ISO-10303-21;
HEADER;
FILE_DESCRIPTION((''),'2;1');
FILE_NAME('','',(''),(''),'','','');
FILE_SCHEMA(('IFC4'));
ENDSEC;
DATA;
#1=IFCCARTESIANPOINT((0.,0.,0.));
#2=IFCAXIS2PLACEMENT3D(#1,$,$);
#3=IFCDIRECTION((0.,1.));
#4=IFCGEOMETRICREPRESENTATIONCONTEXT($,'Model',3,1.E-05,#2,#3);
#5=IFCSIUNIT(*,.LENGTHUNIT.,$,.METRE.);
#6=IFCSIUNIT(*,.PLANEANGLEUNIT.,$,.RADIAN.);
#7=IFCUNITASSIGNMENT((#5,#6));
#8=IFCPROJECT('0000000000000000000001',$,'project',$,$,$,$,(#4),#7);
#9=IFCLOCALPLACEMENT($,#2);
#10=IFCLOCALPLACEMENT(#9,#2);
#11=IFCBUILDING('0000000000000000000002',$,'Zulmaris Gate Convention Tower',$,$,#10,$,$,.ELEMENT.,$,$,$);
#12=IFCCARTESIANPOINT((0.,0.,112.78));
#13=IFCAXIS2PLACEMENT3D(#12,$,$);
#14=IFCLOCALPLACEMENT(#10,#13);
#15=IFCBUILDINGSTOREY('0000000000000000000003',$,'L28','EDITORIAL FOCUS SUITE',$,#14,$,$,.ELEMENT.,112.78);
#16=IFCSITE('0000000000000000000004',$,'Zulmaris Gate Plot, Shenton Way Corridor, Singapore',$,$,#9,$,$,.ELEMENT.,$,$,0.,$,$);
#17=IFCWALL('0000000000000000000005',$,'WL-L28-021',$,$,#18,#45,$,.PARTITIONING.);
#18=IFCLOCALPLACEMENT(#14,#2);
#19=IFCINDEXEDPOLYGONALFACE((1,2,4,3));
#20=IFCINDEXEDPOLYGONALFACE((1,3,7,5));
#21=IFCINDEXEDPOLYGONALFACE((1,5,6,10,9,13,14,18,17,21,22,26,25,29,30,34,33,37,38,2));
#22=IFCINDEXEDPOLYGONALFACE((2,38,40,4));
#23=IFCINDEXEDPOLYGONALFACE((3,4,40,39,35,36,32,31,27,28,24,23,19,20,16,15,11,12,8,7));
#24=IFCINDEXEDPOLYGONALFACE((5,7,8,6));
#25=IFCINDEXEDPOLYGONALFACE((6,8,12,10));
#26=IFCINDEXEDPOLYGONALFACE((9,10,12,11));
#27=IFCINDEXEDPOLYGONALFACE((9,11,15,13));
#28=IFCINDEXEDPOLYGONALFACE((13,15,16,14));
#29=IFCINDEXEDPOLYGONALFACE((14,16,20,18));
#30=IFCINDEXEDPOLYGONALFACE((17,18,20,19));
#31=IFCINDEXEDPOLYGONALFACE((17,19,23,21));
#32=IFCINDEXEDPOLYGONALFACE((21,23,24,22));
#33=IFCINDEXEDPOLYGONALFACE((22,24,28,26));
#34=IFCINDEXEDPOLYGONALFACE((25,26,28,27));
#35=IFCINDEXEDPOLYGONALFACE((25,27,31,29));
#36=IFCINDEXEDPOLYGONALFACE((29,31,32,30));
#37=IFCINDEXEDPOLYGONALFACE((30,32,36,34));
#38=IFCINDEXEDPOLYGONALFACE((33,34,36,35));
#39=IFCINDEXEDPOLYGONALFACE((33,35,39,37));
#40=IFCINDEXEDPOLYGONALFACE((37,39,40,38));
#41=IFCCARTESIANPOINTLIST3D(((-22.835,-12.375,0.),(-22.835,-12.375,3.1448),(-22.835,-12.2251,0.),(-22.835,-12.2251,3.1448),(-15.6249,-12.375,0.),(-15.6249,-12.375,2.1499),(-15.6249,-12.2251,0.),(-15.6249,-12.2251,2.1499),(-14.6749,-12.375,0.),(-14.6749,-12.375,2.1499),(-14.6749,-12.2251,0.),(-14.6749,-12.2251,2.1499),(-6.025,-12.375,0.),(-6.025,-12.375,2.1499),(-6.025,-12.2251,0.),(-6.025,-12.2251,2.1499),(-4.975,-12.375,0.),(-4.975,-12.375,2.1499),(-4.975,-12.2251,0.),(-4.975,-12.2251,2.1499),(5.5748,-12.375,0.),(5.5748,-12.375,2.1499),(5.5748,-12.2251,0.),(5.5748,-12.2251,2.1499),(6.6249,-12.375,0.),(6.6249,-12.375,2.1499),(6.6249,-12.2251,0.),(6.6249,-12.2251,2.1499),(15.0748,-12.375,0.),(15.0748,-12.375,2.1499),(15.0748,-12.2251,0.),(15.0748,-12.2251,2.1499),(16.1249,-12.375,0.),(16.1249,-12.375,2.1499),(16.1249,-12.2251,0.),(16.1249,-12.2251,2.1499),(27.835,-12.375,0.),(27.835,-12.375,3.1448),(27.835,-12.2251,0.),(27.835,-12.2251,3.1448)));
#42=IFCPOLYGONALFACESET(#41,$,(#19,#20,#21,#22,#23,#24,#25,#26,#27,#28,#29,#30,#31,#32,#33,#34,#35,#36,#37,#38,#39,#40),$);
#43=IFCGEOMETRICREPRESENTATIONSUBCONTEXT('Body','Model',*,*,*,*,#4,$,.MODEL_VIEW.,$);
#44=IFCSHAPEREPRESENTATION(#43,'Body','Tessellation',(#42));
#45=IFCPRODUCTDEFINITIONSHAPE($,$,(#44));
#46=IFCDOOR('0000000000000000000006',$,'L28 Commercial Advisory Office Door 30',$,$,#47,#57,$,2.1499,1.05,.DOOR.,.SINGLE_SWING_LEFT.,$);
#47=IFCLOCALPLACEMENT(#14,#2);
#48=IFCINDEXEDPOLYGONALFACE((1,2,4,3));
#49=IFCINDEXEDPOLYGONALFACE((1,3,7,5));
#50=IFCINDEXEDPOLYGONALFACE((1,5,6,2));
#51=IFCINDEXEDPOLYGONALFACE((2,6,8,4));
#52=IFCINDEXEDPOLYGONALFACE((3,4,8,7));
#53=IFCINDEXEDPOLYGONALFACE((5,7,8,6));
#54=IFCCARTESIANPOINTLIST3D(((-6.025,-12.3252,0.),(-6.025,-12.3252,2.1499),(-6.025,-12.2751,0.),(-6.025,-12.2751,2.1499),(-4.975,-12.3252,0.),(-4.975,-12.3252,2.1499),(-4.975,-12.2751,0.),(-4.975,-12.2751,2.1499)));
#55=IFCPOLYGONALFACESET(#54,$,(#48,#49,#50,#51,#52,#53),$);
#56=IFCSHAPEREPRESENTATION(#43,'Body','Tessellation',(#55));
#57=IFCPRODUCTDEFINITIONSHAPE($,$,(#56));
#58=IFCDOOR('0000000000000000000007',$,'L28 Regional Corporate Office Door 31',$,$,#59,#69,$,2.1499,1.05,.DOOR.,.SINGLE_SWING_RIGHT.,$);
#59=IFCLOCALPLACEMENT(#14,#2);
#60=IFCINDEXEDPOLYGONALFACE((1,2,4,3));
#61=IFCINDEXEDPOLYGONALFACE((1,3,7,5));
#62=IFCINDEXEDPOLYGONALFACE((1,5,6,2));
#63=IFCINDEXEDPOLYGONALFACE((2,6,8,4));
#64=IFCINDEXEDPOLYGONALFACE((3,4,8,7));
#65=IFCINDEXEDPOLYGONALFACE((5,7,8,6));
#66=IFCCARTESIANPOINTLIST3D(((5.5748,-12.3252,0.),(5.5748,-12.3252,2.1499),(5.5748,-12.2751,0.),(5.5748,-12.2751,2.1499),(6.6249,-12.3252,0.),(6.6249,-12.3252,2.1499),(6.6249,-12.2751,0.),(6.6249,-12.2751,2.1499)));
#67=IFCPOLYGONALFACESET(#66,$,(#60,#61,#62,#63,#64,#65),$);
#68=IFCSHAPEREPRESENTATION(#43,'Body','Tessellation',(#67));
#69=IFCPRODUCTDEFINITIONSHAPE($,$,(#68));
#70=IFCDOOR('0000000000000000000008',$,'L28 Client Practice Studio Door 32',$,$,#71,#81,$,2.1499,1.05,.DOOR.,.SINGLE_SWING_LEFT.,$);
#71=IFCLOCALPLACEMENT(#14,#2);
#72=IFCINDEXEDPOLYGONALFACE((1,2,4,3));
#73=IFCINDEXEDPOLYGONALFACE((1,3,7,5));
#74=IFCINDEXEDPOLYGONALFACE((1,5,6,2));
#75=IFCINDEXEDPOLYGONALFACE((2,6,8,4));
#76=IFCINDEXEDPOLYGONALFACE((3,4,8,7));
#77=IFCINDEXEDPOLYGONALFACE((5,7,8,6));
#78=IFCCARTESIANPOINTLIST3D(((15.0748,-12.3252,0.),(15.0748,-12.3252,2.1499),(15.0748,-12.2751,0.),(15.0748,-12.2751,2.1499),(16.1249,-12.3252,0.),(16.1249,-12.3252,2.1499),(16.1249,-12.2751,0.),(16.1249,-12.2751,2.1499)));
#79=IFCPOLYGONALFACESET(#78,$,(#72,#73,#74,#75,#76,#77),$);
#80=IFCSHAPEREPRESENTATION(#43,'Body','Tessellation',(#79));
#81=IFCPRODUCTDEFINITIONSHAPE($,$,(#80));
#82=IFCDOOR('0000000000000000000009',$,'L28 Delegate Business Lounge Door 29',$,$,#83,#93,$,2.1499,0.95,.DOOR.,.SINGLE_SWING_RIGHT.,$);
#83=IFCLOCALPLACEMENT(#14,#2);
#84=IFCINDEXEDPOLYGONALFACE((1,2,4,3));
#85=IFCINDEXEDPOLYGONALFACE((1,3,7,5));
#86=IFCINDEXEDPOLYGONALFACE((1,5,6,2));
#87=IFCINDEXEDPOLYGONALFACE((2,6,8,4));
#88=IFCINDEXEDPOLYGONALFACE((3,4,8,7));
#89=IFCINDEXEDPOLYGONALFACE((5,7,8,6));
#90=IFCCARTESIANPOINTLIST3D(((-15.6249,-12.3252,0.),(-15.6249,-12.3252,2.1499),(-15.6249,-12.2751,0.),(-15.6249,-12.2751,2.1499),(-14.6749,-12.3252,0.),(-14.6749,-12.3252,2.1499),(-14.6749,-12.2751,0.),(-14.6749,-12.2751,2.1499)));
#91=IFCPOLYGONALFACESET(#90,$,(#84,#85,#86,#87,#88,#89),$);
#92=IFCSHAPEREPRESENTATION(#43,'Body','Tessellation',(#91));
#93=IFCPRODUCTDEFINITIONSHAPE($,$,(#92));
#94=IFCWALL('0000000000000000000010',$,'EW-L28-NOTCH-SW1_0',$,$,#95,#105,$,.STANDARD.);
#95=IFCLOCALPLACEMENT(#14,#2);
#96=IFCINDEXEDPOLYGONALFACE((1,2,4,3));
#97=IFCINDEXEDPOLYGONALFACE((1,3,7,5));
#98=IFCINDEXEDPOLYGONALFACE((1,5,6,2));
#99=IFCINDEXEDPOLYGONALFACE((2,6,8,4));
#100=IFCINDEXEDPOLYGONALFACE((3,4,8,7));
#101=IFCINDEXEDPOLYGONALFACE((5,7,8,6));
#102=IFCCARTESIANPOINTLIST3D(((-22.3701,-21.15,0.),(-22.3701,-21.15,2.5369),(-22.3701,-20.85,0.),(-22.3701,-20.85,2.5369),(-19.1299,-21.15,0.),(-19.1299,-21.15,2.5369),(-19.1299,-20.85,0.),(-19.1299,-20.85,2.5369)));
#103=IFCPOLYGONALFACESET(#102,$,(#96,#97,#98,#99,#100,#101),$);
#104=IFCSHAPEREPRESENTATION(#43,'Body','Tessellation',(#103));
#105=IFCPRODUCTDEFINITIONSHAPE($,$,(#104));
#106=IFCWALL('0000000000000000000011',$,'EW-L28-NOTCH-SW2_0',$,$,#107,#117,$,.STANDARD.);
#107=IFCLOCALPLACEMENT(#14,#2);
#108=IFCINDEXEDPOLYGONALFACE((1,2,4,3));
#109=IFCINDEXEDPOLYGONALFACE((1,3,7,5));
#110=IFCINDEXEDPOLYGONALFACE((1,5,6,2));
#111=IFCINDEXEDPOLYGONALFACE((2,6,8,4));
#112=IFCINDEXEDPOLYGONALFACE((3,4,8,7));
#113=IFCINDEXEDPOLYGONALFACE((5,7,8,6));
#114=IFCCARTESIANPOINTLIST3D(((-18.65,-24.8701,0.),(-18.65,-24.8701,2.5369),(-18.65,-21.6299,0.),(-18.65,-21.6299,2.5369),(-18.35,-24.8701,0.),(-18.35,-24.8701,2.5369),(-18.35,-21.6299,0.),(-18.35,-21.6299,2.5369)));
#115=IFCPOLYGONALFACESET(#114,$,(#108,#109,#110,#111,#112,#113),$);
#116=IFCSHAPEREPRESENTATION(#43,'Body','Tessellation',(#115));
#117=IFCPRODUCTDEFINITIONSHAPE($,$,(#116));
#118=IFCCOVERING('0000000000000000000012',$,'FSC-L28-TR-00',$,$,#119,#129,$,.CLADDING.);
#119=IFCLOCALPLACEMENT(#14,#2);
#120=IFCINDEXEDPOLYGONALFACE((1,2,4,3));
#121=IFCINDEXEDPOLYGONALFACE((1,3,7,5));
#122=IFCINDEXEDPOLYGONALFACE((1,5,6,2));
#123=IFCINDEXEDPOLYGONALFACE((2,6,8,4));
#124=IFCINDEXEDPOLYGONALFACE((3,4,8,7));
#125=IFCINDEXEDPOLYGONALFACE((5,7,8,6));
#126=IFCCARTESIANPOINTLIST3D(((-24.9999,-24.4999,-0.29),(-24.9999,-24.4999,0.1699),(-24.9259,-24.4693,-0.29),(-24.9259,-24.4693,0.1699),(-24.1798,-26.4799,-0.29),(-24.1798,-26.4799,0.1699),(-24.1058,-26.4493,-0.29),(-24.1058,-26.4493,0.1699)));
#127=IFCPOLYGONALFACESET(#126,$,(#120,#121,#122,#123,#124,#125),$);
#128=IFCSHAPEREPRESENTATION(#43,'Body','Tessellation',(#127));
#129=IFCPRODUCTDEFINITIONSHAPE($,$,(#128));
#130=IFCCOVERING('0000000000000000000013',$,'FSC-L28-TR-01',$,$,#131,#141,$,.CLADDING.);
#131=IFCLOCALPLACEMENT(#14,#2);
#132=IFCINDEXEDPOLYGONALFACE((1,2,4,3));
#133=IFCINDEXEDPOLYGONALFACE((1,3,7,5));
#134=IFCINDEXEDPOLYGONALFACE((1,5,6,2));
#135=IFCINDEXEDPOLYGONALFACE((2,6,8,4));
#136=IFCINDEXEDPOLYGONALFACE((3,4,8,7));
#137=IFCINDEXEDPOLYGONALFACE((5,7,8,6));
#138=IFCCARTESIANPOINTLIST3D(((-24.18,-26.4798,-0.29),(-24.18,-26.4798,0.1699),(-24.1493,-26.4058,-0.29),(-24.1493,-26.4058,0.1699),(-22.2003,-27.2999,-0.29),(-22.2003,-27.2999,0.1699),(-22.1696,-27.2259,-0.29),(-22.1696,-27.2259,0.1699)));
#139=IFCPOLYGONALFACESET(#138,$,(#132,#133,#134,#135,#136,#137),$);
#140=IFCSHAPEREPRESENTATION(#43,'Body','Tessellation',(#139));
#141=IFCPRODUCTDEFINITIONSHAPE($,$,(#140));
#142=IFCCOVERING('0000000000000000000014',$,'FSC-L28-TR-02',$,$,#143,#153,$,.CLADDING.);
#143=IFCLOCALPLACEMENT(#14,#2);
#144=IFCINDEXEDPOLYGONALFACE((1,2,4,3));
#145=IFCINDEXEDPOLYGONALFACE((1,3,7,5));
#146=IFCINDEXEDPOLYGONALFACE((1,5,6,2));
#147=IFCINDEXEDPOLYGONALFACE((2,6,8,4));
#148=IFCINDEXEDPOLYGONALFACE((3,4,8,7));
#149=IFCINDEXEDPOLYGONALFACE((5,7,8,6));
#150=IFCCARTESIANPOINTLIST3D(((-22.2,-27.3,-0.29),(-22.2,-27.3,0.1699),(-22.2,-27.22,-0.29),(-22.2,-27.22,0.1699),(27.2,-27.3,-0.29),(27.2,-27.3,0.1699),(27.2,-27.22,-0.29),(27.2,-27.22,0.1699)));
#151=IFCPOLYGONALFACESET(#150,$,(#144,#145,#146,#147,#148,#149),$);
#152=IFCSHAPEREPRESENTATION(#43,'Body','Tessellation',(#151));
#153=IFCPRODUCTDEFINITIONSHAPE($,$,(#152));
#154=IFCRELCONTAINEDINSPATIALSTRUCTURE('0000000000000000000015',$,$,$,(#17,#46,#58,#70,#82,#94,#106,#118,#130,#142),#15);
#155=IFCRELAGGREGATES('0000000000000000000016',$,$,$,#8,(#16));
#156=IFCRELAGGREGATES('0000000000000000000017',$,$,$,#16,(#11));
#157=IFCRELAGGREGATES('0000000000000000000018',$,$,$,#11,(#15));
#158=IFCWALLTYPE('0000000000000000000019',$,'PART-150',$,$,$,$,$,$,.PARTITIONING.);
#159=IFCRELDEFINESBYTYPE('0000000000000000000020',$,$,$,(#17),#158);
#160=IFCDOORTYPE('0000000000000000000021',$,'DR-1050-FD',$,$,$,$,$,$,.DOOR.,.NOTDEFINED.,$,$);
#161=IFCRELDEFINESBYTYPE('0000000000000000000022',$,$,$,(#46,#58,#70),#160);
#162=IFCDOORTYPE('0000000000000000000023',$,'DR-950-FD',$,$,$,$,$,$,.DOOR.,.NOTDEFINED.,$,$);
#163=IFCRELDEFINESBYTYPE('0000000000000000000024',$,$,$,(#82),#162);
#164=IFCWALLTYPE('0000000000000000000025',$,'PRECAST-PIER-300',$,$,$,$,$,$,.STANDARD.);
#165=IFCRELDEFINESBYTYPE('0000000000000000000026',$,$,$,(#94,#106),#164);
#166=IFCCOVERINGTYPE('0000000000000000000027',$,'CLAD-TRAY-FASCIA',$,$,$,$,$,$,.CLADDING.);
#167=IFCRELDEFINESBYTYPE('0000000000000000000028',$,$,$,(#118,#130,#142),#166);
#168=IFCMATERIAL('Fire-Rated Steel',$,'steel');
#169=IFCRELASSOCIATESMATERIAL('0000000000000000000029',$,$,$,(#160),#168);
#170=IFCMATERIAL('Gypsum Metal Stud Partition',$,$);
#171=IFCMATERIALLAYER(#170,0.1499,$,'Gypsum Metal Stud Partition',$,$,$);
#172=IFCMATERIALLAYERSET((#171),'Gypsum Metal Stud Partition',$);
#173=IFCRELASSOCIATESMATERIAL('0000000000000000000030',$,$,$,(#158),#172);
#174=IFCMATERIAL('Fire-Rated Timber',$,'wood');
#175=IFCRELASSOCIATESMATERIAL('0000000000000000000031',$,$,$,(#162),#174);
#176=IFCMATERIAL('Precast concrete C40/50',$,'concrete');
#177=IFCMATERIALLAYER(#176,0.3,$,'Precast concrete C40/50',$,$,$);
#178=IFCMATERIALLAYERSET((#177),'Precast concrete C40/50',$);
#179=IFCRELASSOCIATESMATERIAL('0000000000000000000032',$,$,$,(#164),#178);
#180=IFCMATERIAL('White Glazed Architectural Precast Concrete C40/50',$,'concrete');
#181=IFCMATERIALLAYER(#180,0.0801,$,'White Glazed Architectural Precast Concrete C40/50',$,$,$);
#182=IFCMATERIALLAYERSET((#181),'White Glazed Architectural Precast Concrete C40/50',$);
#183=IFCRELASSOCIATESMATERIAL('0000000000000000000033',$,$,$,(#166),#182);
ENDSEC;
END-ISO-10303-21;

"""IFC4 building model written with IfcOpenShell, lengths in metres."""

from ifc_helpers import new_model, si_unit, direction, frame, frame_2d, origin, place, context, subcontext, project, spatial, rectangle, extrude, material, layer, layer_set, type_object, element, fill, save


model = new_model("IFC4")

# Units and contexts
model_context = context("Model", 3, precision=1e-05, world=origin(), true_north=direction((0.0, 1.0)))
body_context = subcontext(model_context, "Body", "Model", "MODEL_VIEW")
ifc_project = project(units=[si_unit("LENGTHUNIT", "METRE"), si_unit("PLANEANGLEUNIT", "RADIAN")], contexts=[model_context])

# Site, building, storey
site_placement = place(None, origin())
site = spatial("IfcSite", under=ifc_project, at=site_placement, Name="Zulmaris Gate Plot, Shenton Way Corridor, Singapore", CompositionType="ELEMENT", RefElevation=0.0)
building_placement = place(site_placement, origin())
building = spatial("IfcBuilding", under=site, at=building_placement, Name="Zulmaris Gate Convention Tower", CompositionType="ELEMENT")
storey_placement = place(building_placement, frame((0.0, 0.0, 112.78)))
storey = spatial("IfcBuildingStorey", under=building, at=storey_placement, Name="L28", Description="EDITORIAL FOCUS SUITE", CompositionType="ELEMENT", Elevation=112.78)

# Shared definitions
ifc_material_1 = material(Name="Fire-Rated Steel", Category="steel")
door_type_1 = type_object("IfcDoorType", Name="DR-1050-FD", OperationType="NOTDEFINED", PredefinedType="DOOR", material=ifc_material_1)

# Wall, openings, doors
ifc_material_2 = material(Name="Gypsum Metal Stud Partition")
ifc_layer_1 = layer(ifc_material_2, 0.1499, Name="Gypsum Metal Stud Partition")
ifc_layer_set_1 = layer_set([ifc_layer_1], Name="Gypsum Metal Stud Partition")
wall_type_1 = type_object("IfcWallType", Name="PART-150", PredefinedType="PARTITIONING", material=ifc_layer_set_1)
wall_1_placement = place(storey_placement, frame((-22.835, -12.3, 0.0), z_axis=(0.0, 0.0, 1.0), x_axis=(1.0, 0.0, 0.0)))
wall_1 = element("IfcWall", 1, at=wall_1_placement, inside=storey, type_object=wall_type_1, Name="WL-L28-021", PredefinedType="PARTITIONING", context=body_context, shape_type="SweptSolid", body=[
    extrude(rectangle(XDim=50.6699, YDim=0.1499, at=frame_2d((25.335, 0.0))), origin(), (0.0, 0.0, 1.0), 3.1448),
])
opening_1_placement = place(wall_1_placement, frame((7.21, 0.0, 0.0)))
opening_1 = element("IfcOpeningElement", 2, at=opening_1_placement, cuts=wall_1, PredefinedType="OPENING", context=body_context, shape_type="SweptSolid", body=[
    extrude(rectangle(XDim=0.95, YDim=2.1499, at=frame_2d((0.4751, 1.075))), frame((0.0, 0.085, 0.0), z_axis=(0.0, -1.0, 0.0), x_axis=(1.0, 0.0, 0.0)), (0.0, 0.0, 1.0), 0.1699),
])
opening_2_placement = place(wall_1_placement, frame((16.8101, 0.0, 0.0)))
opening_2 = element("IfcOpeningElement", 3, at=opening_2_placement, cuts=wall_1, PredefinedType="OPENING", context=body_context, shape_type="SweptSolid", body=[
    extrude(rectangle(XDim=1.05, YDim=2.1499, at=frame_2d((0.5249, 1.075))), frame((0.0, 0.085, 0.0), z_axis=(0.0, -1.0, 0.0), x_axis=(1.0, 0.0, 0.0)), (0.0, 0.0, 1.0), 0.1699),
])
opening_3_placement = place(wall_1_placement, frame((28.4099, 0.0, 0.0)))
opening_3 = element("IfcOpeningElement", 4, at=opening_3_placement, cuts=wall_1, PredefinedType="OPENING", context=body_context, shape_type="SweptSolid", body=[
    extrude(rectangle(XDim=1.05, YDim=2.1499, at=frame_2d((0.5249, 1.075))), frame((0.0, 0.085, 0.0), z_axis=(0.0, -1.0, 0.0), x_axis=(1.0, 0.0, 0.0)), (0.0, 0.0, 1.0), 0.1699),
])
opening_4_placement = place(wall_1_placement, frame((37.9099, 0.0, 0.0)))
opening_4 = element("IfcOpeningElement", 5, at=opening_4_placement, cuts=wall_1, PredefinedType="OPENING", context=body_context, shape_type="SweptSolid", body=[
    extrude(rectangle(XDim=1.05, YDim=2.1499, at=frame_2d((0.5249, 1.075))), frame((0.0, 0.085, 0.0), z_axis=(0.0, -1.0, 0.0), x_axis=(1.0, 0.0, 0.0)), (0.0, 0.0, 1.0), 0.1699),
])
door_1_placement = place(opening_2_placement, origin())
door_1 = element("IfcDoor", 6, at=door_1_placement, inside=storey, type_object=door_type_1, Name="L28 Commercial Advisory Office Door 30", OperationType="SINGLE_SWING_LEFT", OverallHeight=2.1499, OverallWidth=1.05, PredefinedType="DOOR", context=body_context, shape_type="SweptSolid", body=[
    extrude(rectangle(XDim=1.05, YDim=2.1499, at=frame_2d((0.5249, 1.075))), frame((0.0, 0.0249, 0.0), z_axis=(0.0, -1.0, 0.0), x_axis=(1.0, 0.0, 0.0)), (0.0, 0.0, 1.0), 0.05),
])
fill(opening_2, door_1)
door_2_placement = place(opening_3_placement, origin())
door_2 = element("IfcDoor", 7, at=door_2_placement, inside=storey, type_object=door_type_1, Name="L28 Regional Corporate Office Door 31", OperationType="SINGLE_SWING_RIGHT", OverallHeight=2.1499, OverallWidth=1.05, PredefinedType="DOOR", context=body_context, shape_type="SweptSolid", body=[
    extrude(rectangle(XDim=1.05, YDim=2.1499, at=frame_2d((0.5249, 1.075))), frame((0.0, 0.0249, 0.0), z_axis=(0.0, -1.0, 0.0), x_axis=(1.0, 0.0, 0.0)), (0.0, 0.0, 1.0), 0.05),
])
fill(opening_3, door_2)
door_3_placement = place(opening_4_placement, origin())
door_3 = element("IfcDoor", 8, at=door_3_placement, inside=storey, type_object=door_type_1, Name="L28 Client Practice Studio Door 32", OperationType="SINGLE_SWING_LEFT", OverallHeight=2.1499, OverallWidth=1.05, PredefinedType="DOOR", context=body_context, shape_type="SweptSolid", body=[
    extrude(rectangle(XDim=1.05, YDim=2.1499, at=frame_2d((0.5249, 1.075))), frame((0.0, 0.0249, 0.0), z_axis=(0.0, -1.0, 0.0), x_axis=(1.0, 0.0, 0.0)), (0.0, 0.0, 1.0), 0.05),
])
fill(opening_4, door_3)
ifc_material_3 = material(Name="Fire-Rated Timber", Category="wood")
door_type_2 = type_object("IfcDoorType", Name="DR-950-FD", OperationType="NOTDEFINED", PredefinedType="DOOR", material=ifc_material_3)
door_4_placement = place(opening_1_placement, origin())
door_4 = element("IfcDoor", 9, at=door_4_placement, inside=storey, type_object=door_type_2, Name="L28 Delegate Business Lounge Door 29", OperationType="SINGLE_SWING_RIGHT", OverallHeight=2.1499, OverallWidth=0.95, PredefinedType="DOOR", context=body_context, shape_type="SweptSolid", body=[
    extrude(rectangle(XDim=0.95, YDim=2.1499, at=frame_2d((0.4751, 1.075))), frame((0.0, 0.0249, 0.0), z_axis=(0.0, -1.0, 0.0), x_axis=(1.0, 0.0, 0.0)), (0.0, 0.0, 1.0), 0.05),
])
fill(opening_1, door_4)

# Walls
ifc_material_4 = material(Name="Precast concrete C40/50", Category="concrete")
ifc_layer_2 = layer(ifc_material_4, 0.3, Name="Precast concrete C40/50")
ifc_layer_set_2 = layer_set([ifc_layer_2], Name="Precast concrete C40/50")
wall_type_2 = type_object("IfcWallType", Name="PRECAST-PIER-300", PredefinedType="STANDARD", material=ifc_layer_set_2)
for number, where, z_axis, x_axis, name in (
    (10, (-22.3701, -21.0, 0.0), (0.0, 0.0, 1.0), (1.0, 0.0, 0.0), "EW-L28-NOTCH-SW1_0"),
    (11, (-18.5, -21.6299, 0.0), (0.0, 0.0, 1.0), (0.0, -1.0, 0.0), "EW-L28-NOTCH-SW2_0"),
):
    element("IfcWall", number, at=place(storey_placement, frame(where, z_axis=z_axis, x_axis=x_axis)), inside=storey, type_object=wall_type_2, Name=name, PredefinedType="STANDARD", context=body_context, shape_type="SweptSolid", body=[
        extrude(rectangle(XDim=3.2402, YDim=0.3, at=frame_2d((1.6201, 0.0))), origin(), (0.0, 0.0, 1.0), 2.5369),
    ])

# Coverings
ifc_material_5 = material(Name="White Glazed Architectural Precast Concrete C40/50", Category="concrete")
ifc_layer_3 = layer(ifc_material_5, 0.0801, Name="White Glazed Architectural Precast Concrete C40/50")
ifc_layer_set_3 = layer_set([ifc_layer_3], Name="White Glazed Architectural Precast Concrete C40/50")
covering_type = type_object("IfcCoveringType", Name="CLAD-TRAY-FASCIA", PredefinedType="CLADDING", material=ifc_layer_set_3)
covering_1_placement = place(storey_placement, frame((-24.9629, -24.4846, -0.29), z_axis=(0.0, 0.0, 1.0), x_axis=(0.382657, -0.92389, 0.0)))
element("IfcCovering", 12, at=covering_1_placement, inside=storey, type_object=covering_type, Name="FSC-L28-TR-00", PredefinedType="CLADDING", context=body_context, shape_type="SweptSolid", body=[
    extrude(rectangle(XDim=2.1431, YDim=0.0801, at=frame_2d((1.0715, 0.0))), origin(), (0.0, 0.0, 1.0), 0.46),
])
covering_2_placement = place(storey_placement, frame((-24.1646, -26.4429, -0.29), z_axis=(0.0, 0.0, 1.0), x_axis=(0.923874, -0.382697, 0.0)))
element("IfcCovering", 13, at=covering_2_placement, inside=storey, type_object=covering_type, Name="FSC-L28-TR-01", PredefinedType="CLADDING", context=body_context, shape_type="SweptSolid", body=[
    extrude(rectangle(XDim=2.1428, YDim=0.0801, at=frame_2d((1.0713, 0.0))), origin(), (0.0, 0.0, 1.0), 0.46),
])
covering_3_placement = place(storey_placement, frame((-22.2, -27.26, -0.29), z_axis=(0.0, 0.0, 1.0), x_axis=(1.0, 0.0, 0.0)))
element("IfcCovering", 14, at=covering_3_placement, inside=storey, type_object=covering_type, Name="FSC-L28-TR-02", PredefinedType="CLADDING", context=body_context, shape_type="SweptSolid", body=[
    extrude(rectangle(XDim=49.3999, YDim=0.0801, at=frame_2d((24.7, 0.0))), origin(), (0.0, 0.0, 1.0), 0.46),
])

save(model, "model.ifc")
